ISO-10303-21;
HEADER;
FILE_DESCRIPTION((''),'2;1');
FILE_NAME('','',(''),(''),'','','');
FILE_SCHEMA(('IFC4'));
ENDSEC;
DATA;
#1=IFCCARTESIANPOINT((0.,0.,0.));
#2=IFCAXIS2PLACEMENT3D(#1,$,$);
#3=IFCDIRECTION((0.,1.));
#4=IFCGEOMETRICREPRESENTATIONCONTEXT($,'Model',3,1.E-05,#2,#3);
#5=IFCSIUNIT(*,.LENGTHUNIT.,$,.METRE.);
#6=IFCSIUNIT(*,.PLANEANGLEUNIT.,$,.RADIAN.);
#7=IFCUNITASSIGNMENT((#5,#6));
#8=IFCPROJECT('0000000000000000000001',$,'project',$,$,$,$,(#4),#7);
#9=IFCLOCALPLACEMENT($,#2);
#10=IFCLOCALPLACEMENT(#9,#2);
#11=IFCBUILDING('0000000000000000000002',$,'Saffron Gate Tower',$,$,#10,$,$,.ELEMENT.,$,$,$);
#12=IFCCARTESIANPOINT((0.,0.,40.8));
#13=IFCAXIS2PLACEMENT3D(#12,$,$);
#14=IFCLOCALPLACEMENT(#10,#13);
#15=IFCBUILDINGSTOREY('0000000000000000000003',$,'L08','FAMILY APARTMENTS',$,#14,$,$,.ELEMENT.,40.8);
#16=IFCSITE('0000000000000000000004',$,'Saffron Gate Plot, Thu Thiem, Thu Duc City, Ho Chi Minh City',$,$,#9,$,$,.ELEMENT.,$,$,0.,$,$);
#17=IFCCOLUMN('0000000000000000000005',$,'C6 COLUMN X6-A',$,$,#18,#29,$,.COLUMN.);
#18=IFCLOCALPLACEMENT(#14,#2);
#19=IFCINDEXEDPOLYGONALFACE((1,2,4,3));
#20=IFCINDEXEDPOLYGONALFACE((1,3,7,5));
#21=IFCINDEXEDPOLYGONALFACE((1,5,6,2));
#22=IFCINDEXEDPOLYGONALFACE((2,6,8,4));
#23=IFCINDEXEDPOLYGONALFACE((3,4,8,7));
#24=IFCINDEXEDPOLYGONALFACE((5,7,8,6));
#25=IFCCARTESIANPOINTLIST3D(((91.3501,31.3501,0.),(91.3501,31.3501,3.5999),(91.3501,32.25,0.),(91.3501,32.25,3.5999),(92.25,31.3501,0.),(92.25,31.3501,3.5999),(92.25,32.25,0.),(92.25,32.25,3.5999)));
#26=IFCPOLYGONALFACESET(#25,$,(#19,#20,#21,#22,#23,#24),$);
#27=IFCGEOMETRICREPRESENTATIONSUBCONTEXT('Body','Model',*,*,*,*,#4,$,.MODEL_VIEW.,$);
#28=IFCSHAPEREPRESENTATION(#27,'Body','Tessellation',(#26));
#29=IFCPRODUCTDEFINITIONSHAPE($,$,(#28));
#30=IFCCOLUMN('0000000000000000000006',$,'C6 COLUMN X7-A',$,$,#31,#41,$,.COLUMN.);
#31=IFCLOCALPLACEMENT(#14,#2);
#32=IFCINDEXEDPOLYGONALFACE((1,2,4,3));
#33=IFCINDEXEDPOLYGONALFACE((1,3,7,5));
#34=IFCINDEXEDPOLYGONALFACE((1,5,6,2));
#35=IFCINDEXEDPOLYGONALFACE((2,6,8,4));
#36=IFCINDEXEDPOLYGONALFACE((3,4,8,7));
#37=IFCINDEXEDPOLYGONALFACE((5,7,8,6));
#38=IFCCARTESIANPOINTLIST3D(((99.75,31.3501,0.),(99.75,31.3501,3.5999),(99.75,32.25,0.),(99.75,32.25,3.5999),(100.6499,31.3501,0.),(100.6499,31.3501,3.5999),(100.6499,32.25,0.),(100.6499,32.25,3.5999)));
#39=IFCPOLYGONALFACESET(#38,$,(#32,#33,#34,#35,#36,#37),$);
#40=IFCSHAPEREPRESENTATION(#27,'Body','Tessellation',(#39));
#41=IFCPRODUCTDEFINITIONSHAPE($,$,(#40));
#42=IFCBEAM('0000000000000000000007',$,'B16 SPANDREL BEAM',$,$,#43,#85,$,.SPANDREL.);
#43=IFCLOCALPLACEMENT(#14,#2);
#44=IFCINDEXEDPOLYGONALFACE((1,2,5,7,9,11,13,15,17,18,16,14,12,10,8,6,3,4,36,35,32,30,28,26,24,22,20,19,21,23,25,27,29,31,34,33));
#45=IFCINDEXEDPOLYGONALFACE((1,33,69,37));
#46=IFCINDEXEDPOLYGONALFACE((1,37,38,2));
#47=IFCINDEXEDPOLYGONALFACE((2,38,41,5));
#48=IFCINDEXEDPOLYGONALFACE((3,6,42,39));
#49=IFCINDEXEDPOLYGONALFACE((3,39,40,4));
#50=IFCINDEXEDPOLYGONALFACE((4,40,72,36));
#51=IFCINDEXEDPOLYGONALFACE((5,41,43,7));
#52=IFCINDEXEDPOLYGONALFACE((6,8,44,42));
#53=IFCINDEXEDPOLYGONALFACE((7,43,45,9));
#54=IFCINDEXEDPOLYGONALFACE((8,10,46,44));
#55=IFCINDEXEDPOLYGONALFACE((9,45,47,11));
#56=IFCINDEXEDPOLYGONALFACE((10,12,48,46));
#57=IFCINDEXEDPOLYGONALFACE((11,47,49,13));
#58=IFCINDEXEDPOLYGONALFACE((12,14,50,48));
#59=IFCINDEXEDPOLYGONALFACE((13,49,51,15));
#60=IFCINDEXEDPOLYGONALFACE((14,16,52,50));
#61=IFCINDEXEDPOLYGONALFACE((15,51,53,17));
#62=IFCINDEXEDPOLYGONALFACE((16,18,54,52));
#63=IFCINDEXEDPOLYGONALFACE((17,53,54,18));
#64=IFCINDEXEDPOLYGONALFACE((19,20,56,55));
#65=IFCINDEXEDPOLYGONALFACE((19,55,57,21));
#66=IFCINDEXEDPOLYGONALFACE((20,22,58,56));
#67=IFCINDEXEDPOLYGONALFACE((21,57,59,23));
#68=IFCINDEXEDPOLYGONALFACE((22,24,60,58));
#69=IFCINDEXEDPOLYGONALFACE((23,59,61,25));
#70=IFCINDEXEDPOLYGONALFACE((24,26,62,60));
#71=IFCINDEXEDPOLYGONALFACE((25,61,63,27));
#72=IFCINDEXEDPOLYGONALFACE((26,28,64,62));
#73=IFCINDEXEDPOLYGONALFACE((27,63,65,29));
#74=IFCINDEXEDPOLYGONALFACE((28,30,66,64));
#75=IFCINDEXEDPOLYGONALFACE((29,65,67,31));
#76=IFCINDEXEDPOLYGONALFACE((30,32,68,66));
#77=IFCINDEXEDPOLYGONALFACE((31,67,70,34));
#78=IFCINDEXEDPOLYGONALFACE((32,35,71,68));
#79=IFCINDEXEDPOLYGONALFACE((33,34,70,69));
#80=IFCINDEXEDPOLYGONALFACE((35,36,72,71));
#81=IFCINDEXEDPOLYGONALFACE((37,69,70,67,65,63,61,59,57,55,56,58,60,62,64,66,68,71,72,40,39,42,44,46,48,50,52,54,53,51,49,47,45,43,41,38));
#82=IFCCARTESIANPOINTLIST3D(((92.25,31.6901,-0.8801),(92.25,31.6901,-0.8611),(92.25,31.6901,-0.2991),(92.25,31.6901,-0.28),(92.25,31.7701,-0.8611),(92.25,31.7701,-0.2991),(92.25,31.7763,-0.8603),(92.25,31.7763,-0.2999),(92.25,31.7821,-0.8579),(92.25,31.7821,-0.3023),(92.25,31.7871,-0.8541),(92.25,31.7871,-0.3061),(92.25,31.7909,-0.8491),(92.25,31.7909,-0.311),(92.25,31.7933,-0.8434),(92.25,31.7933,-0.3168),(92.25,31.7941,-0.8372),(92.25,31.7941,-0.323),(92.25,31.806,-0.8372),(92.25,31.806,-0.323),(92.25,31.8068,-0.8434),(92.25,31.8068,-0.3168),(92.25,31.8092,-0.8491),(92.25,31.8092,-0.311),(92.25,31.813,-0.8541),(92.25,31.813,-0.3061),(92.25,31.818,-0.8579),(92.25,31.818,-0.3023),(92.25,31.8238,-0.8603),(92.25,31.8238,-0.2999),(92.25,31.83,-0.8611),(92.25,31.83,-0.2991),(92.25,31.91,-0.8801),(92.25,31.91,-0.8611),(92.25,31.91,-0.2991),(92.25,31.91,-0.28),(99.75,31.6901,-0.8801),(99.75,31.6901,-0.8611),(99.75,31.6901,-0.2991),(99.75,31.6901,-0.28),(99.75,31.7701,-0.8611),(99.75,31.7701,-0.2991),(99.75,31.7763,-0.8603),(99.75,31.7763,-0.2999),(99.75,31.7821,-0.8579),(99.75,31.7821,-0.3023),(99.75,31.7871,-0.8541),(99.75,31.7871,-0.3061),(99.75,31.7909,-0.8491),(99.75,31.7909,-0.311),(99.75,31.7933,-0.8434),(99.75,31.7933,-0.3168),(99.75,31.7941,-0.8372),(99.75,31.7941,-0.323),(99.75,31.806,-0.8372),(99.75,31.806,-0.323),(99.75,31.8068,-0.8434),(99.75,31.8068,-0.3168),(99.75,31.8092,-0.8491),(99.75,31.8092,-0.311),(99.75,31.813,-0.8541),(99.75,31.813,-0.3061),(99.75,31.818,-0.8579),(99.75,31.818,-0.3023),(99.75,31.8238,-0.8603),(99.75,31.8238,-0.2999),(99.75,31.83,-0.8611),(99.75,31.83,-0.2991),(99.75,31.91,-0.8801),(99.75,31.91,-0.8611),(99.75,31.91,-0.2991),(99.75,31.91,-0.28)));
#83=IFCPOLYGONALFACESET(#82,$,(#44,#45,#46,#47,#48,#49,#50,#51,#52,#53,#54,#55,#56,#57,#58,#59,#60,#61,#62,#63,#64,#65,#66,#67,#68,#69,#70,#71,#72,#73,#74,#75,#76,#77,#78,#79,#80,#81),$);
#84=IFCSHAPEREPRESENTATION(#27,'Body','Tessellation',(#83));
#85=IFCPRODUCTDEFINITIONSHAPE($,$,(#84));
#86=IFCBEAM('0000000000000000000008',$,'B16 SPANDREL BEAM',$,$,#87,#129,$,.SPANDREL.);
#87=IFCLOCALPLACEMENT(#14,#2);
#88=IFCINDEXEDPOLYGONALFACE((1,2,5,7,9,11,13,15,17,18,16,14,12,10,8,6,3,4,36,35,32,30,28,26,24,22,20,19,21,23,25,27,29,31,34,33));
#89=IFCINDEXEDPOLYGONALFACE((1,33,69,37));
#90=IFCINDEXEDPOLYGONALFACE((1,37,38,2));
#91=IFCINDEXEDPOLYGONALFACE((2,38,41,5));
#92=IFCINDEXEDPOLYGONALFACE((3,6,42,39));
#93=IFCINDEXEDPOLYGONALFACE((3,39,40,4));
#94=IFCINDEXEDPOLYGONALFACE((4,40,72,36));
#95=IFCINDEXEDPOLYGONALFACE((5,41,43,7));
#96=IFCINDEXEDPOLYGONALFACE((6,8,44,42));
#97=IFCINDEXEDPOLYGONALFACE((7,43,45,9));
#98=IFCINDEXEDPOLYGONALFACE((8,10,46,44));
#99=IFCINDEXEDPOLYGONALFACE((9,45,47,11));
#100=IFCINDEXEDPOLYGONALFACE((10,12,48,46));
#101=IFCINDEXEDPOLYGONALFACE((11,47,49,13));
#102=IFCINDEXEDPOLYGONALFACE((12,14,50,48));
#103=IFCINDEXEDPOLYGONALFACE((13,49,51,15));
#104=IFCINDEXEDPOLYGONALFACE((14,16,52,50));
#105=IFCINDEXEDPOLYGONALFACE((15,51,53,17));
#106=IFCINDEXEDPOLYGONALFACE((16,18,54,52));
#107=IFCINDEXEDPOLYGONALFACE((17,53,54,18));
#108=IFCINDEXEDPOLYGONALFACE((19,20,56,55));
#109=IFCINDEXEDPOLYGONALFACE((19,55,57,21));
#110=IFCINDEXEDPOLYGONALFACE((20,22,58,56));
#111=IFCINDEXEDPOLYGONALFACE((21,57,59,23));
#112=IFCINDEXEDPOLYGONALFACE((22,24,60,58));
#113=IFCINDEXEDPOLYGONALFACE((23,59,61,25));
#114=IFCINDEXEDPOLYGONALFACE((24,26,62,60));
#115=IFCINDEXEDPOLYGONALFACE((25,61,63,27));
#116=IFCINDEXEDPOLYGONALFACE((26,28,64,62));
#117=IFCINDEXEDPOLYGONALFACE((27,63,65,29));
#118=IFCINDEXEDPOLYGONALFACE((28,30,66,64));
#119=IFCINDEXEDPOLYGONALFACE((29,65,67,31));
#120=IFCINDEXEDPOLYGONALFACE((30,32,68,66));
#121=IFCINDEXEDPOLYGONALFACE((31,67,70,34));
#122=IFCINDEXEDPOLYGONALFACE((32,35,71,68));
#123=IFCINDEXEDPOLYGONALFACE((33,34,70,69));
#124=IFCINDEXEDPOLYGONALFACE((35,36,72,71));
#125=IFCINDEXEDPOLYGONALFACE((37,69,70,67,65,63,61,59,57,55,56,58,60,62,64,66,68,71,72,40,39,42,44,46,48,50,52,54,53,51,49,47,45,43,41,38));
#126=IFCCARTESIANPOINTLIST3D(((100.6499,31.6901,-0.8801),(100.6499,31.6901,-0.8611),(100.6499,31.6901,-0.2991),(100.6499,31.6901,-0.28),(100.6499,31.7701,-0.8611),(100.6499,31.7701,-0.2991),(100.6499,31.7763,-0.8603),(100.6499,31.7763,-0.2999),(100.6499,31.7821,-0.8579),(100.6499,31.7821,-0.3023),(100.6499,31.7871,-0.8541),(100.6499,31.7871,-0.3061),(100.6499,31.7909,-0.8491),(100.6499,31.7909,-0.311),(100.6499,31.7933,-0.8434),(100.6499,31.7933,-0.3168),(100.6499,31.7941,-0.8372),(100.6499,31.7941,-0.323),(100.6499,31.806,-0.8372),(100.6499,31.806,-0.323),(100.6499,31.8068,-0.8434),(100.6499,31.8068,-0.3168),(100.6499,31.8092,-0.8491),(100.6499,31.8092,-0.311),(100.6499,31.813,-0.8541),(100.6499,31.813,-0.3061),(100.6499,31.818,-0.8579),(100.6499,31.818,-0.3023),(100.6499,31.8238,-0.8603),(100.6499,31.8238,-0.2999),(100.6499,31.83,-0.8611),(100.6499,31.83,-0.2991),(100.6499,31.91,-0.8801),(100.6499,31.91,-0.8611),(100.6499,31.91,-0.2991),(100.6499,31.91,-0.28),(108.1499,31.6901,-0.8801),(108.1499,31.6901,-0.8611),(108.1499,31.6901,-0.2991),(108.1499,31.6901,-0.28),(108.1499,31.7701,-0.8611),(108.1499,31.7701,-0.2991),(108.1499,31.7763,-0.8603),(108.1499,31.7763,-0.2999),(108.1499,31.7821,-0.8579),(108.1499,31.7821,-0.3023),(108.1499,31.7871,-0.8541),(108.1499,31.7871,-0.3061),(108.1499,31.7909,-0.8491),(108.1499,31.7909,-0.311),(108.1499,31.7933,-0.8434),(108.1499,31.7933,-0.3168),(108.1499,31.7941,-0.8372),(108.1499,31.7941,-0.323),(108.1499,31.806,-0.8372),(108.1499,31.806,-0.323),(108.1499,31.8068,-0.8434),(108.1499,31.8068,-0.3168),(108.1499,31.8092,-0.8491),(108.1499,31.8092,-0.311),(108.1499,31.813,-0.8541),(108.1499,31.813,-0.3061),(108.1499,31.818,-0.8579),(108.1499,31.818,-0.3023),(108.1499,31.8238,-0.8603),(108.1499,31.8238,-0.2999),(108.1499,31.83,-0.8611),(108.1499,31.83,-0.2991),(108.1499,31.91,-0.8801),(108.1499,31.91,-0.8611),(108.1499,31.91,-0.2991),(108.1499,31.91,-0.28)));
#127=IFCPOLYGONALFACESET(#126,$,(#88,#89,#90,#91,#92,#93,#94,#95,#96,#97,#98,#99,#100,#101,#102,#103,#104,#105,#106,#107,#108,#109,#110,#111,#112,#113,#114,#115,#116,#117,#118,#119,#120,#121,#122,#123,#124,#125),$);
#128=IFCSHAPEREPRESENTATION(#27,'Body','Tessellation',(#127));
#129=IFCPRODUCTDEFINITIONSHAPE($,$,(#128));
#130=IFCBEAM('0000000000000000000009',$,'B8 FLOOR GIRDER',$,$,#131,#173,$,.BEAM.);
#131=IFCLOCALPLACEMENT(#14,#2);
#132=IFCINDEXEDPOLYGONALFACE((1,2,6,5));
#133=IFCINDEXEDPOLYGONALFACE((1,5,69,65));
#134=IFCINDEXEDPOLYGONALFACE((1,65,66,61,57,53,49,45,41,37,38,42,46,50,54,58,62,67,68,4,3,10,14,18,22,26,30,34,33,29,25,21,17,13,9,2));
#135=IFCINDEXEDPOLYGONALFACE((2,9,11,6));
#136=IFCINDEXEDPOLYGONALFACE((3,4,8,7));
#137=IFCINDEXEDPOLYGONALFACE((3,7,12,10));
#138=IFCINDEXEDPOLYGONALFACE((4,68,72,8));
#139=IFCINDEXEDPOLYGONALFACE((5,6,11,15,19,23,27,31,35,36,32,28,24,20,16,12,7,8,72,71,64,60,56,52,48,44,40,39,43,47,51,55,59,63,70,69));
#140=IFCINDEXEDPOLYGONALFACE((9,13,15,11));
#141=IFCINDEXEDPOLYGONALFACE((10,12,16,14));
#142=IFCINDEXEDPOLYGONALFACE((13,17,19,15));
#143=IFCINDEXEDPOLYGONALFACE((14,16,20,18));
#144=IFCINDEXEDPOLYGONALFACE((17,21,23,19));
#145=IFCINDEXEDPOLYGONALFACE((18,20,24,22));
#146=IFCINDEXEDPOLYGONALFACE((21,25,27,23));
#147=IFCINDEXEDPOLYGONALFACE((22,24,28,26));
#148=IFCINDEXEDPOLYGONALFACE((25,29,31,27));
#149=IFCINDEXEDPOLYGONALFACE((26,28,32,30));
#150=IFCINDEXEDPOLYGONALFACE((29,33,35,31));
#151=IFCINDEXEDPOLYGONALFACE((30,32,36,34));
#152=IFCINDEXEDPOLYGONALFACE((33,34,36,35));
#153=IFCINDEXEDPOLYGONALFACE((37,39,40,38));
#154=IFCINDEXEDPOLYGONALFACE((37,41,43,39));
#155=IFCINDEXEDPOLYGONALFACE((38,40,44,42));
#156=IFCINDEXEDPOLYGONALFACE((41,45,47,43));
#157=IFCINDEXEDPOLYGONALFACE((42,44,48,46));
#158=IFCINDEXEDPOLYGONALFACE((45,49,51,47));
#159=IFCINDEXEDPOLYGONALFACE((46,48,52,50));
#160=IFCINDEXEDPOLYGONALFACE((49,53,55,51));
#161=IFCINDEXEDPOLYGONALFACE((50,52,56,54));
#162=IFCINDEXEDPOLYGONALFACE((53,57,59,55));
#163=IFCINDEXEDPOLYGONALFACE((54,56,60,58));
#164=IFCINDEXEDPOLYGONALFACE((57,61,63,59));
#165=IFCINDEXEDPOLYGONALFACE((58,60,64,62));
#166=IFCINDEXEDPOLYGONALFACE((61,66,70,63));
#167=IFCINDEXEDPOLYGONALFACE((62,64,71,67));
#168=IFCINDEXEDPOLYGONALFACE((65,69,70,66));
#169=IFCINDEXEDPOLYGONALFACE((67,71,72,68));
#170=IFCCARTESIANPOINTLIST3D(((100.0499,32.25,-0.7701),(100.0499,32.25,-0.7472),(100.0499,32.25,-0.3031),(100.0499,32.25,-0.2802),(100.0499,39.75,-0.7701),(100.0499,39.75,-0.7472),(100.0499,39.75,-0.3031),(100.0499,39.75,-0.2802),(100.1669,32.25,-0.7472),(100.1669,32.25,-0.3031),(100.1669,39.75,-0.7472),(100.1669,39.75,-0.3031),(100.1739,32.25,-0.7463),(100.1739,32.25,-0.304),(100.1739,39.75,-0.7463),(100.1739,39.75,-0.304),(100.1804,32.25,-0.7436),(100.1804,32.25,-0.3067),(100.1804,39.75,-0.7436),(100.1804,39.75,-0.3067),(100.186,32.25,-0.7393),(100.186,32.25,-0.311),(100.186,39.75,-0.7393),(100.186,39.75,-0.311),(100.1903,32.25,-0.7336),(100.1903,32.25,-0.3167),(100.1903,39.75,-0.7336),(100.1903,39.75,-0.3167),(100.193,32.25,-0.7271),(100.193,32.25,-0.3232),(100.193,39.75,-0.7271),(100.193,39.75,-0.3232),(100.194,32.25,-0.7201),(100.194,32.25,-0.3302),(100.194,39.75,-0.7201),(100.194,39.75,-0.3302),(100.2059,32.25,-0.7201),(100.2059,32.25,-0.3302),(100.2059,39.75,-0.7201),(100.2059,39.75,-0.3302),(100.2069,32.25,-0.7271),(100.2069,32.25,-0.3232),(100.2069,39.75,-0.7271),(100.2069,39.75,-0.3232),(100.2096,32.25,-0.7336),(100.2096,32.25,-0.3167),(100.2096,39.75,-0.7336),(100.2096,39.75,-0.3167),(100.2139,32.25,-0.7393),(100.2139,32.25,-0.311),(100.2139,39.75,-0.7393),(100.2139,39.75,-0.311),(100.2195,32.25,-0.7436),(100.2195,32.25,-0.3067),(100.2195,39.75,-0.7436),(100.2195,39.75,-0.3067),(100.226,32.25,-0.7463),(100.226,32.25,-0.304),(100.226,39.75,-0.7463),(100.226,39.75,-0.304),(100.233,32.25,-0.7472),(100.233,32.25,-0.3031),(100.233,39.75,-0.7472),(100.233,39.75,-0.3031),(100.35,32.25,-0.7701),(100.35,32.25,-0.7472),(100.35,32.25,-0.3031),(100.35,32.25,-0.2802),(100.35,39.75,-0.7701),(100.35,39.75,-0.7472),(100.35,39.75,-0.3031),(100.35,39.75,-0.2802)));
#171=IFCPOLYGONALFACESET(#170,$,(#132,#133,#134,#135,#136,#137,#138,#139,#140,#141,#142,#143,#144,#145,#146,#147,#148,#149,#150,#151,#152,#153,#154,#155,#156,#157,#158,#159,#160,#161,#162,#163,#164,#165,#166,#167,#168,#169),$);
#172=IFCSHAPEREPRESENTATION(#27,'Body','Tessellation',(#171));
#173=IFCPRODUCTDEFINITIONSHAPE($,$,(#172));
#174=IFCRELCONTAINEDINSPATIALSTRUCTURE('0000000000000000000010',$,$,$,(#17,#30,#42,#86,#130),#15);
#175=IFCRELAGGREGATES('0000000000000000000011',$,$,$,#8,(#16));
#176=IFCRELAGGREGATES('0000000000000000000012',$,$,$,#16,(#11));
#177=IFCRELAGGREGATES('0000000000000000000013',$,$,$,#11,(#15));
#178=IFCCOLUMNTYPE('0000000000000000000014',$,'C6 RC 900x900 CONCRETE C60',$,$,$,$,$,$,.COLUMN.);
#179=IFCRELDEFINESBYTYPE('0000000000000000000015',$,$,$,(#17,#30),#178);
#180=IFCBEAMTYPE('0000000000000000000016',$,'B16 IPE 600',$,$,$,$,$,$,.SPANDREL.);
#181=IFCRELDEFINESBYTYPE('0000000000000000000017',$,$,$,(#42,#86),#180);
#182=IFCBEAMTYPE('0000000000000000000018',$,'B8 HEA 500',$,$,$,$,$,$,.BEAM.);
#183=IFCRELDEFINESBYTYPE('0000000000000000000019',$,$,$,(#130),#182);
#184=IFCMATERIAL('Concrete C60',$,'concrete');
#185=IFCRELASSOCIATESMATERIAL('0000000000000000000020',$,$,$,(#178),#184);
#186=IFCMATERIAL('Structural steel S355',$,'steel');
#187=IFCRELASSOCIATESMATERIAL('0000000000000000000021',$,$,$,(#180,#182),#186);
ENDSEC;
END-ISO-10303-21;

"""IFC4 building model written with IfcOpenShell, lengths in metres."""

from ifc_helpers import new_model, si_unit, direction, frame, origin, origin_2d, place, context, subcontext, project, spatial, rectangle, i_section, extrude, material, material_profile, profile_set, type_object, element, save


model = new_model("IFC4")

# Units and contexts
model_context = context("Model", 3, precision=1e-05, world=origin(), true_north=direction((0.0, 1.0)))
body_context = subcontext(model_context, "Body", "Model", "MODEL_VIEW")
ifc_project = project(units=[si_unit("LENGTHUNIT", "METRE"), si_unit("PLANEANGLEUNIT", "RADIAN")], contexts=[model_context])

# Site, building, storey
site_placement = place(None, origin())
site = spatial("IfcSite", under=ifc_project, at=site_placement, Name="Saffron Gate Plot, Thu Thiem, Thu Duc City, Ho Chi Minh City", CompositionType="ELEMENT", RefElevation=0.0)
building_placement = place(site_placement, origin())
building = spatial("IfcBuilding", under=site, at=building_placement, Name="Saffron Gate Tower", CompositionType="ELEMENT")
storey_placement = place(building_placement, frame((0.0, 0.0, 40.8)))
storey = spatial("IfcBuildingStorey", under=building, at=storey_placement, Name="L08", Description="FAMILY APARTMENTS", CompositionType="ELEMENT", Elevation=40.8)

# Columns
ifc_material_1 = material(Name="Concrete C60", Category="concrete")
ifc_material_profile_1 = material_profile(ifc_material_1, rectangle(XDim=0.8999, YDim=0.8999, at=origin_2d()))
ifc_profile_set_1 = profile_set([ifc_material_profile_1], Name="Concrete C60")
column_type = type_object("IfcColumnType", Name="C6 RC 900x900 CONCRETE C60", PredefinedType="COLUMN", material=ifc_profile_set_1)
for number, where, z_axis, x_axis, name in (
    (1, (91.8, 31.8, 0.0), (0.0, 0.0, 1.0), (1.0, 0.0, 0.0), "C6 COLUMN X6-A"),
    (2, (100.2, 31.8, 0.0), (0.0, 0.0, 1.0), (1.0, 0.0, 0.0), "C6 COLUMN X7-A"),
):
    element("IfcColumn", number, at=place(storey_placement, frame(where, z_axis=z_axis, x_axis=x_axis)), inside=storey, type_object=column_type, Name=name, PredefinedType="COLUMN", context=body_context, shape_type="SweptSolid", body=[
        extrude(rectangle(XDim=0.8999, YDim=0.8999, at=origin_2d()), origin(), (0.0, 0.0, 1.0), 3.5999),
    ])

# Beams
ifc_material_2 = material(Name="Structural steel S355", Category="steel")
ifc_material_profile_2 = material_profile(ifc_material_2, i_section(OverallWidth=0.22, OverallDepth=0.6001, WebThickness=0.012, FlangeThickness=0.019, FilletRadius=0.0239, at=origin_2d()))
ifc_profile_set_2 = profile_set([ifc_material_profile_2], Name="Structural steel S355")
beam_type_1 = type_object("IfcBeamType", Name="B16 IPE 600", PredefinedType="SPANDREL", material=ifc_profile_set_2)
for number, where, z_axis, x_axis, name in (
    (3, (92.25, 31.8, -0.5801), (1.0, 0.0, 0.0), (0.0, 1.0, 0.0), "B16 SPANDREL BEAM"),
    (4, (100.6499, 31.8, -0.5801), (1.0, 0.0, 0.0), (0.0, 1.0, 0.0), "B16 SPANDREL BEAM"),
):
    element("IfcBeam", number, at=place(storey_placement, frame(where, z_axis=z_axis, x_axis=x_axis)), inside=storey, type_object=beam_type_1, Name=name, PredefinedType="SPANDREL", context=body_context, shape_type="SweptSolid", body=[
        extrude(i_section(OverallWidth=0.22, OverallDepth=0.6001, WebThickness=0.012, FlangeThickness=0.019, FilletRadius=0.0239, at=origin_2d()), origin(), (0.0, 0.0, 1.0), 7.5),
    ])
ifc_material_profile_3 = material_profile(ifc_material_2, i_section(OverallWidth=0.3, OverallDepth=0.49, WebThickness=0.012, FlangeThickness=0.0229, FilletRadius=0.0271, at=origin_2d()))
ifc_profile_set_3 = profile_set([ifc_material_profile_3], Name="Structural steel S355")
beam_type_2 = type_object("IfcBeamType", Name="B8 HEA 500", PredefinedType="BEAM", material=ifc_profile_set_3)
beam_placement = place(storey_placement, frame((100.2, 32.25, -0.5251), z_axis=(0.0, 1.0, 0.0), x_axis=(-1.0, 0.0, 0.0)))
element("IfcBeam", 5, at=beam_placement, inside=storey, type_object=beam_type_2, Name="B8 FLOOR GIRDER", PredefinedType="BEAM", context=body_context, shape_type="SweptSolid", body=[
    extrude(i_section(OverallWidth=0.3, OverallDepth=0.49, WebThickness=0.012, FlangeThickness=0.0229, FilletRadius=0.0271, at=origin_2d()), origin(), (0.0, 0.0, 1.0), 7.5),
])

save(model, "model.ifc")
